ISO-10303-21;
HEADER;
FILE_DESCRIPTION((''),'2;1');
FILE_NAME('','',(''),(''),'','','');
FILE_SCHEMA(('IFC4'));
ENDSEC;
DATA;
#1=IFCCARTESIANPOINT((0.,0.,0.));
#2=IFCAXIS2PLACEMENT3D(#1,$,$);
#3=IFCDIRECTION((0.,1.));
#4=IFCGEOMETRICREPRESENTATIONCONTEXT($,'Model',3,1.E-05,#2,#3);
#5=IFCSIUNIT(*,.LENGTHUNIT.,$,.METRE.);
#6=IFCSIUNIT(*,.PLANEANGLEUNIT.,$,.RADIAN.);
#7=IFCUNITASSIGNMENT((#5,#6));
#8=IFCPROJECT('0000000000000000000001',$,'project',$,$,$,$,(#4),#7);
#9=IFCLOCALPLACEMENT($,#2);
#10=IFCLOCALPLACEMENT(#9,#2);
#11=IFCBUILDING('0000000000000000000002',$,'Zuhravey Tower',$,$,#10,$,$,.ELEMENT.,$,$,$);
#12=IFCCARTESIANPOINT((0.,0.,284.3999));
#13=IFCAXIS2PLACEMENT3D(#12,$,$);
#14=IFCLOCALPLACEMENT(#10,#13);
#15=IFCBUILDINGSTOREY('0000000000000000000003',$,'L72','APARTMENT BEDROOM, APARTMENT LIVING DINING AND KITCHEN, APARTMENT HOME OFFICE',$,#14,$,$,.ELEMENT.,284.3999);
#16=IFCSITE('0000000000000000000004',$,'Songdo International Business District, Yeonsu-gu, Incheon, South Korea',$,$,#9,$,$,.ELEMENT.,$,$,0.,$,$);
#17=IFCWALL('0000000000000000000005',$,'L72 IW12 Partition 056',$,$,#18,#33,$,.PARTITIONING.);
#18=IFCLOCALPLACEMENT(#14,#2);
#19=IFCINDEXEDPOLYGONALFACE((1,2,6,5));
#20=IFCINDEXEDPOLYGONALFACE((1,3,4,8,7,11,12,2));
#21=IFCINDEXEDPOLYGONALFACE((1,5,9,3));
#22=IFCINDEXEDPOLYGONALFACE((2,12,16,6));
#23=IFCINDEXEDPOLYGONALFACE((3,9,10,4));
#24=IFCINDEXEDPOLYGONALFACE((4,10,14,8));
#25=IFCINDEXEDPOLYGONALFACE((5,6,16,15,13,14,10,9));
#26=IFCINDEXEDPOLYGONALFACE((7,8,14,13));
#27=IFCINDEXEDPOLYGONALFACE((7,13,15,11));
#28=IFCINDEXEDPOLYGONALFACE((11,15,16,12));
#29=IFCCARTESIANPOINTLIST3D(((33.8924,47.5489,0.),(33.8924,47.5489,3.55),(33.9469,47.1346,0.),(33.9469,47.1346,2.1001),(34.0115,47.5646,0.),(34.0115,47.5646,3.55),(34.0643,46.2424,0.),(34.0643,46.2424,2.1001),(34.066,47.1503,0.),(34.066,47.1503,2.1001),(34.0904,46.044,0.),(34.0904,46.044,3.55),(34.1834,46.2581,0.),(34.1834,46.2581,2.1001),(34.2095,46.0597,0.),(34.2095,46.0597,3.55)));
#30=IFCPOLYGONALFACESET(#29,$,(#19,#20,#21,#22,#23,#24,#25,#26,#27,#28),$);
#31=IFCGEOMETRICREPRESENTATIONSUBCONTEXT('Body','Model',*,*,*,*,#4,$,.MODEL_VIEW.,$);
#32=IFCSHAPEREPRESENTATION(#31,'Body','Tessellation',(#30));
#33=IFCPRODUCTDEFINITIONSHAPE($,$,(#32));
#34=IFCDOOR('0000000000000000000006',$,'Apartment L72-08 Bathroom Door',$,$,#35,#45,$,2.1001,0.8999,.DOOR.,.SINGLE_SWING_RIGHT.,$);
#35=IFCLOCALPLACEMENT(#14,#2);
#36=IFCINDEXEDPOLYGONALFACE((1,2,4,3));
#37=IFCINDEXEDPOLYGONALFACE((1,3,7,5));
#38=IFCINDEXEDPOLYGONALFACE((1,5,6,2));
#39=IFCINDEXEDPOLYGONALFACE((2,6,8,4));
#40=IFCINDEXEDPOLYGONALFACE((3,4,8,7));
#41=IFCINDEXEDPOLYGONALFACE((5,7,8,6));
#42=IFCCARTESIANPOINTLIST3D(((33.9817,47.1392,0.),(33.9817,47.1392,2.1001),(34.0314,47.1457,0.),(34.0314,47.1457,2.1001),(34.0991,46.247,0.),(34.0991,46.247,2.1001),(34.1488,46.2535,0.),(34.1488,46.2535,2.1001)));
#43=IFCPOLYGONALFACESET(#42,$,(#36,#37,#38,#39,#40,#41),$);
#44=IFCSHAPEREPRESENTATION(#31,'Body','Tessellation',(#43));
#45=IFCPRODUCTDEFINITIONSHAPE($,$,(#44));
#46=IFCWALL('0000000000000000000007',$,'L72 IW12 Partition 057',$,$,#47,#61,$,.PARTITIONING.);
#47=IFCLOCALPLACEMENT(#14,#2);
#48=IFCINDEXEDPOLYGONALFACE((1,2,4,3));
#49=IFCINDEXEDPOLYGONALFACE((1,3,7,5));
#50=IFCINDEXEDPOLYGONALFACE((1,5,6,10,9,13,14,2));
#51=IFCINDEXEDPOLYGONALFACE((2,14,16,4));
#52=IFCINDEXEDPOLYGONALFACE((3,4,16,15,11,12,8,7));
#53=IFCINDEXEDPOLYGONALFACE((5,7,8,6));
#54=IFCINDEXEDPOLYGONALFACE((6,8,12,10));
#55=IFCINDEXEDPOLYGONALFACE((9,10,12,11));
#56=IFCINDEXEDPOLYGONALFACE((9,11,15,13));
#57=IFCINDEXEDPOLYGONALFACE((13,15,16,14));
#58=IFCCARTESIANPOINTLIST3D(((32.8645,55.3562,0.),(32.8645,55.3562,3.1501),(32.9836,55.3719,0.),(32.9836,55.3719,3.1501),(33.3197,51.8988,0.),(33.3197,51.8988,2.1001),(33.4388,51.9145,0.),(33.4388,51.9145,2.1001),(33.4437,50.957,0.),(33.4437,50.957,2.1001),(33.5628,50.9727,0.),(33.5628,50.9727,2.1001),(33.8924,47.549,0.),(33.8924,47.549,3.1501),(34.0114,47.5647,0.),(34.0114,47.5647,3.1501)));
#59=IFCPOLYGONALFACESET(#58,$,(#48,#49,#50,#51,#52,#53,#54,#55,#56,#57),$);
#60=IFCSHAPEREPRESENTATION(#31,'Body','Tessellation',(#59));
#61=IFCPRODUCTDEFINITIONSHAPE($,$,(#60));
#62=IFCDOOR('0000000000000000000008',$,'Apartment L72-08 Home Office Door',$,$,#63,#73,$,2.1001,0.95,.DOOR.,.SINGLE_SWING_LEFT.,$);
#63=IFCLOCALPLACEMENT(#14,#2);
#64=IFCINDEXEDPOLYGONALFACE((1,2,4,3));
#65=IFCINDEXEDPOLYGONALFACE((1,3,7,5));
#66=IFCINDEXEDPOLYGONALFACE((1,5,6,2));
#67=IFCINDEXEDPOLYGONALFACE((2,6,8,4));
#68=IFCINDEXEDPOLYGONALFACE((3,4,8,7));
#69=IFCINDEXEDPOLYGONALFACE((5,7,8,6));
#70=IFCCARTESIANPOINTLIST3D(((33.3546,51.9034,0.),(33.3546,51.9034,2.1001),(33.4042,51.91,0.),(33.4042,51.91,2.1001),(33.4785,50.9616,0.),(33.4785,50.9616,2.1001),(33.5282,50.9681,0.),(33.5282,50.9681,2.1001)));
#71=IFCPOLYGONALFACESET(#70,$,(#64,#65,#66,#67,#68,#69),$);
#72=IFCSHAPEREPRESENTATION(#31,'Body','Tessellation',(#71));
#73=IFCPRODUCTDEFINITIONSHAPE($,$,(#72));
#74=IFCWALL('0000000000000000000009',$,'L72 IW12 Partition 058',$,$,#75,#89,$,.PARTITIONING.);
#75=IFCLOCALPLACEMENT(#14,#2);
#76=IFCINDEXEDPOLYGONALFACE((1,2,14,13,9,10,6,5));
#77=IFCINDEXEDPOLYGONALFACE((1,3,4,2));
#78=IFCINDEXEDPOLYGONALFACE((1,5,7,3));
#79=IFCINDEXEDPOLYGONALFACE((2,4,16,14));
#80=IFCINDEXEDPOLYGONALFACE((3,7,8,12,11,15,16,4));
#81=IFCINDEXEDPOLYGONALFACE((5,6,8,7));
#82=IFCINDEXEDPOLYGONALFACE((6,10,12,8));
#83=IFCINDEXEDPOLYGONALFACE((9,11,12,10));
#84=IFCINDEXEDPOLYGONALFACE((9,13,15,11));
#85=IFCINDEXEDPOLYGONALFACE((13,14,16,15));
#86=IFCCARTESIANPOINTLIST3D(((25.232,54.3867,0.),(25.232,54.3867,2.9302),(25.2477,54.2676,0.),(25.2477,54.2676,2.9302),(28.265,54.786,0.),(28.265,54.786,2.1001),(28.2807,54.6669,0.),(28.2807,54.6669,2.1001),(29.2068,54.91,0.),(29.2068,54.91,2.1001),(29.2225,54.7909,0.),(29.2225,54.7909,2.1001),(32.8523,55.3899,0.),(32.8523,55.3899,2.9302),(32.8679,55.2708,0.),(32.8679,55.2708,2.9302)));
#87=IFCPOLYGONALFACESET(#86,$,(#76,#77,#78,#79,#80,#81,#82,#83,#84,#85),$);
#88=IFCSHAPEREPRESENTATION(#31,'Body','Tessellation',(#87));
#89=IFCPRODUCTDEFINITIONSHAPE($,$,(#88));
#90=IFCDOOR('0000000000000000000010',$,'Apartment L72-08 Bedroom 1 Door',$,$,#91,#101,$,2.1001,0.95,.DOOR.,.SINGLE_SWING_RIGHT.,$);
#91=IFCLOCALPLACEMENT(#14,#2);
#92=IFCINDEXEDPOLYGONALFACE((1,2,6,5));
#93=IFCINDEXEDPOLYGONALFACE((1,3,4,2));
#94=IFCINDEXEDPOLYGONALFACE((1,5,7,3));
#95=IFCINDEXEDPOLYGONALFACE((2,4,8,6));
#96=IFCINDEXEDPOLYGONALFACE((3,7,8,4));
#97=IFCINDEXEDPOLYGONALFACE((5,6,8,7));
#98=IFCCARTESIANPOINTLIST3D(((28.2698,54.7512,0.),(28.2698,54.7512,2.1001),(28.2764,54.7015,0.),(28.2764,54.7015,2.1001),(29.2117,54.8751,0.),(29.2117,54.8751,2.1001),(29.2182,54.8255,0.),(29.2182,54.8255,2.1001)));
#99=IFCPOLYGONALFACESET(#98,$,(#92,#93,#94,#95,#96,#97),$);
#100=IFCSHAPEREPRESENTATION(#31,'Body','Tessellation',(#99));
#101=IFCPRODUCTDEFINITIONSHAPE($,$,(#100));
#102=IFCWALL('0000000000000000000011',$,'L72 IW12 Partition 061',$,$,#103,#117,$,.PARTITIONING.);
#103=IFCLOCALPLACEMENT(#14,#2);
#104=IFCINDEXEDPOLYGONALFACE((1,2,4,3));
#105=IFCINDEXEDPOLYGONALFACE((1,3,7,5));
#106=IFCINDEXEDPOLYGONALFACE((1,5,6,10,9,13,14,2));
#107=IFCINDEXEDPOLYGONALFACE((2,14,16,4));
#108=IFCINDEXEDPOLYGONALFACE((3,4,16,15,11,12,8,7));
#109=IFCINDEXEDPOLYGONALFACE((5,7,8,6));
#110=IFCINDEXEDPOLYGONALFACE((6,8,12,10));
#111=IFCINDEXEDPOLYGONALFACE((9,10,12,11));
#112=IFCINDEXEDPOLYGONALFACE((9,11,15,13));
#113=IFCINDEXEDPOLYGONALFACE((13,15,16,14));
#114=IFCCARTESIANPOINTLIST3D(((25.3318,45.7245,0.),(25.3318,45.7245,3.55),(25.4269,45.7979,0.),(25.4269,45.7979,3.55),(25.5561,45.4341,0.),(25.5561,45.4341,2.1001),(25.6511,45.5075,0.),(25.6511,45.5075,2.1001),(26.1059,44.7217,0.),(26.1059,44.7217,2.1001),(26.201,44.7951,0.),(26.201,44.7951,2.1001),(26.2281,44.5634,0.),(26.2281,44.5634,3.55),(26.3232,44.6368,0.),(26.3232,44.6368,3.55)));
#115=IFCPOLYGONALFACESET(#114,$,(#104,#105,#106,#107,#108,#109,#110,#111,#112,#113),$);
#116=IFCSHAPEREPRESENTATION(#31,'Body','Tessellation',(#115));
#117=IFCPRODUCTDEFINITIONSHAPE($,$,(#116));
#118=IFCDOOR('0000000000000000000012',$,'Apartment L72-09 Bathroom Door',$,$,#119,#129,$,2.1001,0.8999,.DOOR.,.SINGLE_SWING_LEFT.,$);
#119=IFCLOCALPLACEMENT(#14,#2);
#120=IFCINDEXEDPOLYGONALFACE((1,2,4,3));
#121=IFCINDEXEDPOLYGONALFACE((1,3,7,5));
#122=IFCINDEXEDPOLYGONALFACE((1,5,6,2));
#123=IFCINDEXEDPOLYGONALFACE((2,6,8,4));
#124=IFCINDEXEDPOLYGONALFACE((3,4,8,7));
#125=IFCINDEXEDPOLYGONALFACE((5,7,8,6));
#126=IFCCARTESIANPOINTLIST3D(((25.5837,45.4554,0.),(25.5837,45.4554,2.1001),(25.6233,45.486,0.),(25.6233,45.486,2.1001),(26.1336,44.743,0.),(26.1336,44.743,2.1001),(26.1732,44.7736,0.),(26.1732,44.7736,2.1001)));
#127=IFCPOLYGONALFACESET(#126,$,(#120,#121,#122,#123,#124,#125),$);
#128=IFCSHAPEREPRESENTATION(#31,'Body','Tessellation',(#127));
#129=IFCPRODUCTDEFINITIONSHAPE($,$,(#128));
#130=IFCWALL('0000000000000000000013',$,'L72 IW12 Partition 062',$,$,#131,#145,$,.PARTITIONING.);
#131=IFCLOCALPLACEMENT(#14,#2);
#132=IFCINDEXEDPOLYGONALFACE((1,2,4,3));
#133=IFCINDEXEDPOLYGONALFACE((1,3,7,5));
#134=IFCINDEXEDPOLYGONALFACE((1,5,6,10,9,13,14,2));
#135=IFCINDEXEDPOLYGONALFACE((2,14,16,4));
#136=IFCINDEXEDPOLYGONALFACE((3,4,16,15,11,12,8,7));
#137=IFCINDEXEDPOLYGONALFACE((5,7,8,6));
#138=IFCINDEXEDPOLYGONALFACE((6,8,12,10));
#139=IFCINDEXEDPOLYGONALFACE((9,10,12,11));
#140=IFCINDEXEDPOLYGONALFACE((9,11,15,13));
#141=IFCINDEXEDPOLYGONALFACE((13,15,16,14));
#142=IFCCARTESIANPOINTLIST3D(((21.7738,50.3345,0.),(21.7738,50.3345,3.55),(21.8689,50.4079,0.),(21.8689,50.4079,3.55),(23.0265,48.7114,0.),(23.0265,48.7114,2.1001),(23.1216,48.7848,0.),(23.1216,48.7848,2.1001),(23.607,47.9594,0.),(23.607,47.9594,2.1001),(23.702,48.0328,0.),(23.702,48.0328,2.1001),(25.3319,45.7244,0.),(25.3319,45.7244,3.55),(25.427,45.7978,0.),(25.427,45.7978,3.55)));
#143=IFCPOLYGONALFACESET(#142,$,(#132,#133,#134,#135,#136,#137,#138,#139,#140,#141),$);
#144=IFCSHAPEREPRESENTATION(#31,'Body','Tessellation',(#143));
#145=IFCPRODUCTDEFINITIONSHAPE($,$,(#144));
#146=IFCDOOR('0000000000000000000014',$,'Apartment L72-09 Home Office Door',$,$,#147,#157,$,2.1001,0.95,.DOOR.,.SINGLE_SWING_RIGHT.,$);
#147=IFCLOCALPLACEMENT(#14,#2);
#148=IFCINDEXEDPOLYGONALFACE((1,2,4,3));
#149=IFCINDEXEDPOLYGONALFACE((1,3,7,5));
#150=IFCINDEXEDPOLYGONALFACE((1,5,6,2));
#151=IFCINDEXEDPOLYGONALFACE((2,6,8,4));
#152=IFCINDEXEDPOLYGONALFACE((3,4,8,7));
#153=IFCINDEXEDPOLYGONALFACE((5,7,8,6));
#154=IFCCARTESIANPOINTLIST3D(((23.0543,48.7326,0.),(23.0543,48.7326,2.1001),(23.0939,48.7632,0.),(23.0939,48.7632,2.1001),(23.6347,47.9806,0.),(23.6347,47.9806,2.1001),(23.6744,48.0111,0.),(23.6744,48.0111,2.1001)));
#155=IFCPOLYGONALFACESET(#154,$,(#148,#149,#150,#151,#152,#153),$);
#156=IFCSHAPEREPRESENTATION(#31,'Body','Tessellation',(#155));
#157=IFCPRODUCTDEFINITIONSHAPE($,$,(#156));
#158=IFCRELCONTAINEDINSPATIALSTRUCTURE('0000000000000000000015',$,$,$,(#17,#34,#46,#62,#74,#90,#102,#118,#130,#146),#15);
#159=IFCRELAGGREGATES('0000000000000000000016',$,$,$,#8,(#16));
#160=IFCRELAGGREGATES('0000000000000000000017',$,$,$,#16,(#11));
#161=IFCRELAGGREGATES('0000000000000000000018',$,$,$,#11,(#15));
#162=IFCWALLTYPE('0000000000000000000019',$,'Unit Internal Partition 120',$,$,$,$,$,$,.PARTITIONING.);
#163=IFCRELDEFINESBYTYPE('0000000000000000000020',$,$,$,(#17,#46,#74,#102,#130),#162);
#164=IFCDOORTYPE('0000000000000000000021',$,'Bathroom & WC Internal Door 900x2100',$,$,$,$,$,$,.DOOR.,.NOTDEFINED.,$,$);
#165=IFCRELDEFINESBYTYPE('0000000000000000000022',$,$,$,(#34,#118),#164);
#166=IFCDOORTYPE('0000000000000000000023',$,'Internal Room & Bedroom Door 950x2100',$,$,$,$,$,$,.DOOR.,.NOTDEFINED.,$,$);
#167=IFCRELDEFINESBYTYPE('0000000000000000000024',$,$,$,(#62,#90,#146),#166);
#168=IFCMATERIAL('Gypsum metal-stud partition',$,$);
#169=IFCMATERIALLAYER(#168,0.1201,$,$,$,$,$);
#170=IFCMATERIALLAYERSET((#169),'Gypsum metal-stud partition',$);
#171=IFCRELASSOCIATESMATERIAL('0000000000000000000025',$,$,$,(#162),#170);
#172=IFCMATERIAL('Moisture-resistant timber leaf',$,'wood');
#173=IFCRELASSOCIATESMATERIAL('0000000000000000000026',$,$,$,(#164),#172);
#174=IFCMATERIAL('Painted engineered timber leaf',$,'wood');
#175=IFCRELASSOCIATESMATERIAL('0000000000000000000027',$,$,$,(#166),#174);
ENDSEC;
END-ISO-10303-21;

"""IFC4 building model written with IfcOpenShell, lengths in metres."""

from ifc_helpers import new_model, si_unit, direction, frame, frame_2d, origin, place, context, subcontext, project, spatial, rectangle, extrude, material, layer, layer_set, type_object, element, fill, save


model = new_model("IFC4")

# Units and contexts
model_context = context("Model", 3, precision=1e-05, world=origin(), true_north=direction((0.0, 1.0)))
body_context = subcontext(model_context, "Body", "Model", "MODEL_VIEW")
ifc_project = project(units=[si_unit("LENGTHUNIT", "METRE"), si_unit("PLANEANGLEUNIT", "RADIAN")], contexts=[model_context])

# Site, building, storey
site_placement = place(None, origin())
site = spatial("IfcSite", under=ifc_project, at=site_placement, Name="Songdo International Business District, Yeonsu-gu, Incheon, South Korea", CompositionType="ELEMENT", RefElevation=0.0)
building_placement = place(site_placement, origin())
building = spatial("IfcBuilding", under=site, at=building_placement, Name="Zuhravey Tower", CompositionType="ELEMENT")
storey_placement = place(building_placement, frame((0.0, 0.0, 284.3999)))
storey = spatial("IfcBuildingStorey", under=building, at=storey_placement, Name="L72", Description="APARTMENT BEDROOM, APARTMENT LIVING DINING AND KITCHEN, APARTMENT HOME OFFICE", CompositionType="ELEMENT", Elevation=284.3999)

# Walls, openings, doors
ifc_material_1 = material(Name="Gypsum metal-stud partition")
ifc_layer_1 = layer(ifc_material_1, 0.1201)
ifc_layer_set_1 = layer_set([ifc_layer_1], Name="Gypsum metal-stud partition")
wall_type_1 = type_object("IfcWallType", Name="Unit Internal Partition 120", PredefinedType="PARTITIONING", material=ifc_layer_set_1)
wall_1_placement = place(storey_placement, frame((34.1499, 46.052, 0.0), z_axis=(0.0, 0.0, 1.0), x_axis=(-0.130446, 0.991455, 0.0)))
wall_1 = element("IfcWall", 1, at=wall_1_placement, inside=storey, type_object=wall_type_1, Name="L72 IW12 Partition 056", PredefinedType="PARTITIONING", context=body_context, shape_type="SweptSolid", body=[
    extrude(rectangle(XDim=1.5178, YDim=0.1201, at=frame_2d((0.7588, 0.0))), origin(), (0.0, 0.0, 1.0), 3.55),
])
opening_1_placement = place(wall_1_placement, frame((0.2, 0.0, 0.0)))
opening_1 = element("IfcOpeningElement", 2, at=opening_1_placement, cuts=wall_1, PredefinedType="OPENING", context=body_context, shape_type="SweptSolid", body=[
    extrude(rectangle(XDim=0.8999, YDim=2.1001, at=frame_2d((0.45, 1.05))), frame((0.0, 0.072, 0.0), z_axis=(0.0, -1.0, 0.0), x_axis=(1.0, 0.0, 0.0)), (0.0, 0.0, 1.0), 0.144),
])
ifc_material_2 = material(Name="Moisture-resistant timber leaf", Category="wood")
door_type_1 = type_object("IfcDoorType", Name="Bathroom & WC Internal Door 900x2100", OperationType="NOTDEFINED", PredefinedType="DOOR", material=ifc_material_2)
door_1_placement = place(opening_1_placement, origin())
door_1 = element("IfcDoor", 3, at=door_1_placement, inside=storey, type_object=door_type_1, Name="Apartment L72-08 Bathroom Door", OperationType="SINGLE_SWING_RIGHT", OverallHeight=2.1001, OverallWidth=0.8999, PredefinedType="DOOR", context=body_context, shape_type="SweptSolid", body=[
    extrude(rectangle(XDim=0.8999, YDim=2.1001, at=frame_2d((0.45, 1.05))), frame((0.0, 0.0249, 0.0), z_axis=(0.0, -1.0, 0.0), x_axis=(1.0, 0.0, 0.0)), (0.0, 0.0, 1.0), 0.05),
])
fill(opening_1, door_1)
wall_2_placement = place(storey_placement, frame((33.9519, 47.5569, 0.0), z_axis=(0.0, 0.0, 1.0), x_axis=(-0.130527, 0.991445, 0.0)))
wall_2 = element("IfcWall", 4, at=wall_2_placement, inside=storey, type_object=wall_type_1, Name="L72 IW12 Partition 057", PredefinedType="PARTITIONING", context=body_context, shape_type="SweptSolid", body=[
    extrude(rectangle(XDim=7.8745, YDim=0.1201, at=frame_2d((3.9373, 0.0))), origin(), (0.0, 0.0, 1.0), 3.1501),
])
opening_2_placement = place(wall_2_placement, frame((3.4373, 0.0, 0.0)))
opening_2 = element("IfcOpeningElement", 5, at=opening_2_placement, cuts=wall_2, PredefinedType="OPENING", context=body_context, shape_type="SweptSolid", body=[
    extrude(rectangle(XDim=0.95, YDim=2.1001, at=frame_2d((0.4751, 1.05))), frame((0.0, 0.072, 0.0), z_axis=(0.0, -1.0, 0.0), x_axis=(1.0, 0.0, 0.0)), (0.0, 0.0, 1.0), 0.144),
])
ifc_material_3 = material(Name="Painted engineered timber leaf", Category="wood")
door_type_2 = type_object("IfcDoorType", Name="Internal Room & Bedroom Door 950x2100", OperationType="NOTDEFINED", PredefinedType="DOOR", material=ifc_material_3)
door_2_placement = place(opening_2_placement, origin())
door_2 = element("IfcDoor", 6, at=door_2_placement, inside=storey, type_object=door_type_2, Name="Apartment L72-08 Home Office Door", OperationType="SINGLE_SWING_LEFT", OverallHeight=2.1001, OverallWidth=0.95, PredefinedType="DOOR", context=body_context, shape_type="SweptSolid", body=[
    extrude(rectangle(XDim=0.95, YDim=2.1001, at=frame_2d((0.4751, 1.05))), frame((0.0, 0.0249, 0.0), z_axis=(0.0, -1.0, 0.0), x_axis=(1.0, 0.0, 0.0)), (0.0, 0.0, 1.0), 0.05),
])
fill(opening_2, door_2)
wall_3_placement = place(storey_placement, frame((32.8601, 55.3303, 0.0), z_axis=(0.0, 0.0, 1.0), x_axis=(-0.991446, -0.130518, 0.0)))
wall_3 = element("IfcWall", 7, at=wall_3_placement, inside=storey, type_object=wall_type_1, Name="L72 IW12 Partition 058", PredefinedType="PARTITIONING", context=body_context, shape_type="SweptSolid", body=[
    extrude(rectangle(XDim=7.686, YDim=0.1201, at=frame_2d((3.843, 0.0))), origin(), (0.0, 0.0, 1.0), 2.9302),
])
opening_3_placement = place(wall_3_placement, frame((3.6768, 0.0, 0.0)))
opening_3 = element("IfcOpeningElement", 8, at=opening_3_placement, cuts=wall_3, PredefinedType="OPENING", context=body_context, shape_type="SweptSolid", body=[
    extrude(rectangle(XDim=0.95, YDim=2.1001, at=frame_2d((0.4751, 1.05))), frame((0.0, 0.072, 0.0), z_axis=(0.0, -1.0, 0.0), x_axis=(1.0, 0.0, 0.0)), (0.0, 0.0, 1.0), 0.144),
])
door_3_placement = place(opening_3_placement, frame((0.95, 0.0, 0.0), z_axis=(0.0, 0.0, 1.0), x_axis=(-1.0, 0.0, 0.0)))
door_3 = element("IfcDoor", 9, at=door_3_placement, inside=storey, type_object=door_type_2, Name="Apartment L72-08 Bedroom 1 Door", OperationType="SINGLE_SWING_RIGHT", OverallHeight=2.1001, OverallWidth=0.95, PredefinedType="DOOR", context=body_context, shape_type="SweptSolid", body=[
    extrude(rectangle(XDim=0.95, YDim=2.1001, at=frame_2d((0.4751, 1.05))), frame((0.0, 0.0249, 0.0), z_axis=(0.0, -1.0, 0.0), x_axis=(1.0, 0.0, 0.0)), (0.0, 0.0, 1.0), 0.05),
])
fill(opening_3, door_3)
wall_4_placement = place(storey_placement, frame((26.2756, 44.6001, 0.0), z_axis=(0.0, 0.0, 1.0), x_axis=(-0.611021, 0.791614, 0.0)))
wall_4 = element("IfcWall", 10, at=wall_4_placement, inside=storey, type_object=wall_type_1, Name="L72 IW12 Partition 061", PredefinedType="PARTITIONING", context=body_context, shape_type="SweptSolid", body=[
    extrude(rectangle(XDim=1.4668, YDim=0.1201, at=frame_2d((0.7334, 0.0))), origin(), (0.0, 0.0, 1.0), 3.55),
])
opening_4_placement = place(wall_4_placement, frame((0.2, 0.0, 0.0)))
opening_4 = element("IfcOpeningElement", 11, at=opening_4_placement, cuts=wall_4, PredefinedType="OPENING", context=body_context, shape_type="SweptSolid", body=[
    extrude(rectangle(XDim=0.8999, YDim=2.1001, at=frame_2d((0.45, 1.05))), frame((0.0, 0.072, 0.0), z_axis=(0.0, -1.0, 0.0), x_axis=(1.0, 0.0, 0.0)), (0.0, 0.0, 1.0), 0.144),
])
door_4_placement = place(opening_4_placement, frame((0.8999, 0.0, 0.0), z_axis=(0.0, 0.0, 1.0), x_axis=(-1.0, 0.0, 0.0)))
door_4 = element("IfcDoor", 12, at=door_4_placement, inside=storey, type_object=door_type_1, Name="Apartment L72-09 Bathroom Door", OperationType="SINGLE_SWING_LEFT", OverallHeight=2.1001, OverallWidth=0.8999, PredefinedType="DOOR", context=body_context, shape_type="SweptSolid", body=[
    extrude(rectangle(XDim=0.8999, YDim=2.1001, at=frame_2d((0.45, 1.05))), frame((0.0, 0.0249, 0.0), z_axis=(0.0, -1.0, 0.0), x_axis=(1.0, 0.0, 0.0)), (0.0, 0.0, 1.0), 0.05),
])
fill(opening_4, door_4)
wall_5_placement = place(storey_placement, frame((25.3794, 45.7612, 0.0), z_axis=(0.0, 0.0, 1.0), x_axis=(-0.61099, 0.791638, 0.0)))
wall_5 = element("IfcWall", 13, at=wall_5_placement, inside=storey, type_object=wall_type_1, Name="L72 IW12 Partition 062", PredefinedType="PARTITIONING", context=body_context, shape_type="SweptSolid", body=[
    extrude(rectangle(XDim=5.8235, YDim=0.1201, at=frame_2d((2.9116, 0.0))), origin(), (0.0, 0.0, 1.0), 3.55),
])
opening_5_placement = place(wall_5_placement, frame((2.823, 0.0, 0.0)))
opening_5 = element("IfcOpeningElement", 14, at=opening_5_placement, cuts=wall_5, PredefinedType="OPENING", context=body_context, shape_type="SweptSolid", body=[
    extrude(rectangle(XDim=0.95, YDim=2.1001, at=frame_2d((0.4751, 1.05))), frame((0.0, 0.072, 0.0), z_axis=(0.0, -1.0, 0.0), x_axis=(1.0, 0.0, 0.0)), (0.0, 0.0, 1.0), 0.144),
])
door_5_placement = place(opening_5_placement, frame((0.95, 0.0, 0.0), z_axis=(0.0, 0.0, 1.0), x_axis=(-1.0, 0.0, 0.0)))
door_5 = element("IfcDoor", 15, at=door_5_placement, inside=storey, type_object=door_type_2, Name="Apartment L72-09 Home Office Door", OperationType="SINGLE_SWING_RIGHT", OverallHeight=2.1001, OverallWidth=0.95, PredefinedType="DOOR", context=body_context, shape_type="SweptSolid", body=[
    extrude(rectangle(XDim=0.95, YDim=2.1001, at=frame_2d((0.4751, 1.05))), frame((0.0, 0.0249, 0.0), z_axis=(0.0, -1.0, 0.0), x_axis=(1.0, 0.0, 0.0)), (0.0, 0.0, 1.0), 0.05),
])
fill(opening_5, door_5)

save(model, "model.ifc")
